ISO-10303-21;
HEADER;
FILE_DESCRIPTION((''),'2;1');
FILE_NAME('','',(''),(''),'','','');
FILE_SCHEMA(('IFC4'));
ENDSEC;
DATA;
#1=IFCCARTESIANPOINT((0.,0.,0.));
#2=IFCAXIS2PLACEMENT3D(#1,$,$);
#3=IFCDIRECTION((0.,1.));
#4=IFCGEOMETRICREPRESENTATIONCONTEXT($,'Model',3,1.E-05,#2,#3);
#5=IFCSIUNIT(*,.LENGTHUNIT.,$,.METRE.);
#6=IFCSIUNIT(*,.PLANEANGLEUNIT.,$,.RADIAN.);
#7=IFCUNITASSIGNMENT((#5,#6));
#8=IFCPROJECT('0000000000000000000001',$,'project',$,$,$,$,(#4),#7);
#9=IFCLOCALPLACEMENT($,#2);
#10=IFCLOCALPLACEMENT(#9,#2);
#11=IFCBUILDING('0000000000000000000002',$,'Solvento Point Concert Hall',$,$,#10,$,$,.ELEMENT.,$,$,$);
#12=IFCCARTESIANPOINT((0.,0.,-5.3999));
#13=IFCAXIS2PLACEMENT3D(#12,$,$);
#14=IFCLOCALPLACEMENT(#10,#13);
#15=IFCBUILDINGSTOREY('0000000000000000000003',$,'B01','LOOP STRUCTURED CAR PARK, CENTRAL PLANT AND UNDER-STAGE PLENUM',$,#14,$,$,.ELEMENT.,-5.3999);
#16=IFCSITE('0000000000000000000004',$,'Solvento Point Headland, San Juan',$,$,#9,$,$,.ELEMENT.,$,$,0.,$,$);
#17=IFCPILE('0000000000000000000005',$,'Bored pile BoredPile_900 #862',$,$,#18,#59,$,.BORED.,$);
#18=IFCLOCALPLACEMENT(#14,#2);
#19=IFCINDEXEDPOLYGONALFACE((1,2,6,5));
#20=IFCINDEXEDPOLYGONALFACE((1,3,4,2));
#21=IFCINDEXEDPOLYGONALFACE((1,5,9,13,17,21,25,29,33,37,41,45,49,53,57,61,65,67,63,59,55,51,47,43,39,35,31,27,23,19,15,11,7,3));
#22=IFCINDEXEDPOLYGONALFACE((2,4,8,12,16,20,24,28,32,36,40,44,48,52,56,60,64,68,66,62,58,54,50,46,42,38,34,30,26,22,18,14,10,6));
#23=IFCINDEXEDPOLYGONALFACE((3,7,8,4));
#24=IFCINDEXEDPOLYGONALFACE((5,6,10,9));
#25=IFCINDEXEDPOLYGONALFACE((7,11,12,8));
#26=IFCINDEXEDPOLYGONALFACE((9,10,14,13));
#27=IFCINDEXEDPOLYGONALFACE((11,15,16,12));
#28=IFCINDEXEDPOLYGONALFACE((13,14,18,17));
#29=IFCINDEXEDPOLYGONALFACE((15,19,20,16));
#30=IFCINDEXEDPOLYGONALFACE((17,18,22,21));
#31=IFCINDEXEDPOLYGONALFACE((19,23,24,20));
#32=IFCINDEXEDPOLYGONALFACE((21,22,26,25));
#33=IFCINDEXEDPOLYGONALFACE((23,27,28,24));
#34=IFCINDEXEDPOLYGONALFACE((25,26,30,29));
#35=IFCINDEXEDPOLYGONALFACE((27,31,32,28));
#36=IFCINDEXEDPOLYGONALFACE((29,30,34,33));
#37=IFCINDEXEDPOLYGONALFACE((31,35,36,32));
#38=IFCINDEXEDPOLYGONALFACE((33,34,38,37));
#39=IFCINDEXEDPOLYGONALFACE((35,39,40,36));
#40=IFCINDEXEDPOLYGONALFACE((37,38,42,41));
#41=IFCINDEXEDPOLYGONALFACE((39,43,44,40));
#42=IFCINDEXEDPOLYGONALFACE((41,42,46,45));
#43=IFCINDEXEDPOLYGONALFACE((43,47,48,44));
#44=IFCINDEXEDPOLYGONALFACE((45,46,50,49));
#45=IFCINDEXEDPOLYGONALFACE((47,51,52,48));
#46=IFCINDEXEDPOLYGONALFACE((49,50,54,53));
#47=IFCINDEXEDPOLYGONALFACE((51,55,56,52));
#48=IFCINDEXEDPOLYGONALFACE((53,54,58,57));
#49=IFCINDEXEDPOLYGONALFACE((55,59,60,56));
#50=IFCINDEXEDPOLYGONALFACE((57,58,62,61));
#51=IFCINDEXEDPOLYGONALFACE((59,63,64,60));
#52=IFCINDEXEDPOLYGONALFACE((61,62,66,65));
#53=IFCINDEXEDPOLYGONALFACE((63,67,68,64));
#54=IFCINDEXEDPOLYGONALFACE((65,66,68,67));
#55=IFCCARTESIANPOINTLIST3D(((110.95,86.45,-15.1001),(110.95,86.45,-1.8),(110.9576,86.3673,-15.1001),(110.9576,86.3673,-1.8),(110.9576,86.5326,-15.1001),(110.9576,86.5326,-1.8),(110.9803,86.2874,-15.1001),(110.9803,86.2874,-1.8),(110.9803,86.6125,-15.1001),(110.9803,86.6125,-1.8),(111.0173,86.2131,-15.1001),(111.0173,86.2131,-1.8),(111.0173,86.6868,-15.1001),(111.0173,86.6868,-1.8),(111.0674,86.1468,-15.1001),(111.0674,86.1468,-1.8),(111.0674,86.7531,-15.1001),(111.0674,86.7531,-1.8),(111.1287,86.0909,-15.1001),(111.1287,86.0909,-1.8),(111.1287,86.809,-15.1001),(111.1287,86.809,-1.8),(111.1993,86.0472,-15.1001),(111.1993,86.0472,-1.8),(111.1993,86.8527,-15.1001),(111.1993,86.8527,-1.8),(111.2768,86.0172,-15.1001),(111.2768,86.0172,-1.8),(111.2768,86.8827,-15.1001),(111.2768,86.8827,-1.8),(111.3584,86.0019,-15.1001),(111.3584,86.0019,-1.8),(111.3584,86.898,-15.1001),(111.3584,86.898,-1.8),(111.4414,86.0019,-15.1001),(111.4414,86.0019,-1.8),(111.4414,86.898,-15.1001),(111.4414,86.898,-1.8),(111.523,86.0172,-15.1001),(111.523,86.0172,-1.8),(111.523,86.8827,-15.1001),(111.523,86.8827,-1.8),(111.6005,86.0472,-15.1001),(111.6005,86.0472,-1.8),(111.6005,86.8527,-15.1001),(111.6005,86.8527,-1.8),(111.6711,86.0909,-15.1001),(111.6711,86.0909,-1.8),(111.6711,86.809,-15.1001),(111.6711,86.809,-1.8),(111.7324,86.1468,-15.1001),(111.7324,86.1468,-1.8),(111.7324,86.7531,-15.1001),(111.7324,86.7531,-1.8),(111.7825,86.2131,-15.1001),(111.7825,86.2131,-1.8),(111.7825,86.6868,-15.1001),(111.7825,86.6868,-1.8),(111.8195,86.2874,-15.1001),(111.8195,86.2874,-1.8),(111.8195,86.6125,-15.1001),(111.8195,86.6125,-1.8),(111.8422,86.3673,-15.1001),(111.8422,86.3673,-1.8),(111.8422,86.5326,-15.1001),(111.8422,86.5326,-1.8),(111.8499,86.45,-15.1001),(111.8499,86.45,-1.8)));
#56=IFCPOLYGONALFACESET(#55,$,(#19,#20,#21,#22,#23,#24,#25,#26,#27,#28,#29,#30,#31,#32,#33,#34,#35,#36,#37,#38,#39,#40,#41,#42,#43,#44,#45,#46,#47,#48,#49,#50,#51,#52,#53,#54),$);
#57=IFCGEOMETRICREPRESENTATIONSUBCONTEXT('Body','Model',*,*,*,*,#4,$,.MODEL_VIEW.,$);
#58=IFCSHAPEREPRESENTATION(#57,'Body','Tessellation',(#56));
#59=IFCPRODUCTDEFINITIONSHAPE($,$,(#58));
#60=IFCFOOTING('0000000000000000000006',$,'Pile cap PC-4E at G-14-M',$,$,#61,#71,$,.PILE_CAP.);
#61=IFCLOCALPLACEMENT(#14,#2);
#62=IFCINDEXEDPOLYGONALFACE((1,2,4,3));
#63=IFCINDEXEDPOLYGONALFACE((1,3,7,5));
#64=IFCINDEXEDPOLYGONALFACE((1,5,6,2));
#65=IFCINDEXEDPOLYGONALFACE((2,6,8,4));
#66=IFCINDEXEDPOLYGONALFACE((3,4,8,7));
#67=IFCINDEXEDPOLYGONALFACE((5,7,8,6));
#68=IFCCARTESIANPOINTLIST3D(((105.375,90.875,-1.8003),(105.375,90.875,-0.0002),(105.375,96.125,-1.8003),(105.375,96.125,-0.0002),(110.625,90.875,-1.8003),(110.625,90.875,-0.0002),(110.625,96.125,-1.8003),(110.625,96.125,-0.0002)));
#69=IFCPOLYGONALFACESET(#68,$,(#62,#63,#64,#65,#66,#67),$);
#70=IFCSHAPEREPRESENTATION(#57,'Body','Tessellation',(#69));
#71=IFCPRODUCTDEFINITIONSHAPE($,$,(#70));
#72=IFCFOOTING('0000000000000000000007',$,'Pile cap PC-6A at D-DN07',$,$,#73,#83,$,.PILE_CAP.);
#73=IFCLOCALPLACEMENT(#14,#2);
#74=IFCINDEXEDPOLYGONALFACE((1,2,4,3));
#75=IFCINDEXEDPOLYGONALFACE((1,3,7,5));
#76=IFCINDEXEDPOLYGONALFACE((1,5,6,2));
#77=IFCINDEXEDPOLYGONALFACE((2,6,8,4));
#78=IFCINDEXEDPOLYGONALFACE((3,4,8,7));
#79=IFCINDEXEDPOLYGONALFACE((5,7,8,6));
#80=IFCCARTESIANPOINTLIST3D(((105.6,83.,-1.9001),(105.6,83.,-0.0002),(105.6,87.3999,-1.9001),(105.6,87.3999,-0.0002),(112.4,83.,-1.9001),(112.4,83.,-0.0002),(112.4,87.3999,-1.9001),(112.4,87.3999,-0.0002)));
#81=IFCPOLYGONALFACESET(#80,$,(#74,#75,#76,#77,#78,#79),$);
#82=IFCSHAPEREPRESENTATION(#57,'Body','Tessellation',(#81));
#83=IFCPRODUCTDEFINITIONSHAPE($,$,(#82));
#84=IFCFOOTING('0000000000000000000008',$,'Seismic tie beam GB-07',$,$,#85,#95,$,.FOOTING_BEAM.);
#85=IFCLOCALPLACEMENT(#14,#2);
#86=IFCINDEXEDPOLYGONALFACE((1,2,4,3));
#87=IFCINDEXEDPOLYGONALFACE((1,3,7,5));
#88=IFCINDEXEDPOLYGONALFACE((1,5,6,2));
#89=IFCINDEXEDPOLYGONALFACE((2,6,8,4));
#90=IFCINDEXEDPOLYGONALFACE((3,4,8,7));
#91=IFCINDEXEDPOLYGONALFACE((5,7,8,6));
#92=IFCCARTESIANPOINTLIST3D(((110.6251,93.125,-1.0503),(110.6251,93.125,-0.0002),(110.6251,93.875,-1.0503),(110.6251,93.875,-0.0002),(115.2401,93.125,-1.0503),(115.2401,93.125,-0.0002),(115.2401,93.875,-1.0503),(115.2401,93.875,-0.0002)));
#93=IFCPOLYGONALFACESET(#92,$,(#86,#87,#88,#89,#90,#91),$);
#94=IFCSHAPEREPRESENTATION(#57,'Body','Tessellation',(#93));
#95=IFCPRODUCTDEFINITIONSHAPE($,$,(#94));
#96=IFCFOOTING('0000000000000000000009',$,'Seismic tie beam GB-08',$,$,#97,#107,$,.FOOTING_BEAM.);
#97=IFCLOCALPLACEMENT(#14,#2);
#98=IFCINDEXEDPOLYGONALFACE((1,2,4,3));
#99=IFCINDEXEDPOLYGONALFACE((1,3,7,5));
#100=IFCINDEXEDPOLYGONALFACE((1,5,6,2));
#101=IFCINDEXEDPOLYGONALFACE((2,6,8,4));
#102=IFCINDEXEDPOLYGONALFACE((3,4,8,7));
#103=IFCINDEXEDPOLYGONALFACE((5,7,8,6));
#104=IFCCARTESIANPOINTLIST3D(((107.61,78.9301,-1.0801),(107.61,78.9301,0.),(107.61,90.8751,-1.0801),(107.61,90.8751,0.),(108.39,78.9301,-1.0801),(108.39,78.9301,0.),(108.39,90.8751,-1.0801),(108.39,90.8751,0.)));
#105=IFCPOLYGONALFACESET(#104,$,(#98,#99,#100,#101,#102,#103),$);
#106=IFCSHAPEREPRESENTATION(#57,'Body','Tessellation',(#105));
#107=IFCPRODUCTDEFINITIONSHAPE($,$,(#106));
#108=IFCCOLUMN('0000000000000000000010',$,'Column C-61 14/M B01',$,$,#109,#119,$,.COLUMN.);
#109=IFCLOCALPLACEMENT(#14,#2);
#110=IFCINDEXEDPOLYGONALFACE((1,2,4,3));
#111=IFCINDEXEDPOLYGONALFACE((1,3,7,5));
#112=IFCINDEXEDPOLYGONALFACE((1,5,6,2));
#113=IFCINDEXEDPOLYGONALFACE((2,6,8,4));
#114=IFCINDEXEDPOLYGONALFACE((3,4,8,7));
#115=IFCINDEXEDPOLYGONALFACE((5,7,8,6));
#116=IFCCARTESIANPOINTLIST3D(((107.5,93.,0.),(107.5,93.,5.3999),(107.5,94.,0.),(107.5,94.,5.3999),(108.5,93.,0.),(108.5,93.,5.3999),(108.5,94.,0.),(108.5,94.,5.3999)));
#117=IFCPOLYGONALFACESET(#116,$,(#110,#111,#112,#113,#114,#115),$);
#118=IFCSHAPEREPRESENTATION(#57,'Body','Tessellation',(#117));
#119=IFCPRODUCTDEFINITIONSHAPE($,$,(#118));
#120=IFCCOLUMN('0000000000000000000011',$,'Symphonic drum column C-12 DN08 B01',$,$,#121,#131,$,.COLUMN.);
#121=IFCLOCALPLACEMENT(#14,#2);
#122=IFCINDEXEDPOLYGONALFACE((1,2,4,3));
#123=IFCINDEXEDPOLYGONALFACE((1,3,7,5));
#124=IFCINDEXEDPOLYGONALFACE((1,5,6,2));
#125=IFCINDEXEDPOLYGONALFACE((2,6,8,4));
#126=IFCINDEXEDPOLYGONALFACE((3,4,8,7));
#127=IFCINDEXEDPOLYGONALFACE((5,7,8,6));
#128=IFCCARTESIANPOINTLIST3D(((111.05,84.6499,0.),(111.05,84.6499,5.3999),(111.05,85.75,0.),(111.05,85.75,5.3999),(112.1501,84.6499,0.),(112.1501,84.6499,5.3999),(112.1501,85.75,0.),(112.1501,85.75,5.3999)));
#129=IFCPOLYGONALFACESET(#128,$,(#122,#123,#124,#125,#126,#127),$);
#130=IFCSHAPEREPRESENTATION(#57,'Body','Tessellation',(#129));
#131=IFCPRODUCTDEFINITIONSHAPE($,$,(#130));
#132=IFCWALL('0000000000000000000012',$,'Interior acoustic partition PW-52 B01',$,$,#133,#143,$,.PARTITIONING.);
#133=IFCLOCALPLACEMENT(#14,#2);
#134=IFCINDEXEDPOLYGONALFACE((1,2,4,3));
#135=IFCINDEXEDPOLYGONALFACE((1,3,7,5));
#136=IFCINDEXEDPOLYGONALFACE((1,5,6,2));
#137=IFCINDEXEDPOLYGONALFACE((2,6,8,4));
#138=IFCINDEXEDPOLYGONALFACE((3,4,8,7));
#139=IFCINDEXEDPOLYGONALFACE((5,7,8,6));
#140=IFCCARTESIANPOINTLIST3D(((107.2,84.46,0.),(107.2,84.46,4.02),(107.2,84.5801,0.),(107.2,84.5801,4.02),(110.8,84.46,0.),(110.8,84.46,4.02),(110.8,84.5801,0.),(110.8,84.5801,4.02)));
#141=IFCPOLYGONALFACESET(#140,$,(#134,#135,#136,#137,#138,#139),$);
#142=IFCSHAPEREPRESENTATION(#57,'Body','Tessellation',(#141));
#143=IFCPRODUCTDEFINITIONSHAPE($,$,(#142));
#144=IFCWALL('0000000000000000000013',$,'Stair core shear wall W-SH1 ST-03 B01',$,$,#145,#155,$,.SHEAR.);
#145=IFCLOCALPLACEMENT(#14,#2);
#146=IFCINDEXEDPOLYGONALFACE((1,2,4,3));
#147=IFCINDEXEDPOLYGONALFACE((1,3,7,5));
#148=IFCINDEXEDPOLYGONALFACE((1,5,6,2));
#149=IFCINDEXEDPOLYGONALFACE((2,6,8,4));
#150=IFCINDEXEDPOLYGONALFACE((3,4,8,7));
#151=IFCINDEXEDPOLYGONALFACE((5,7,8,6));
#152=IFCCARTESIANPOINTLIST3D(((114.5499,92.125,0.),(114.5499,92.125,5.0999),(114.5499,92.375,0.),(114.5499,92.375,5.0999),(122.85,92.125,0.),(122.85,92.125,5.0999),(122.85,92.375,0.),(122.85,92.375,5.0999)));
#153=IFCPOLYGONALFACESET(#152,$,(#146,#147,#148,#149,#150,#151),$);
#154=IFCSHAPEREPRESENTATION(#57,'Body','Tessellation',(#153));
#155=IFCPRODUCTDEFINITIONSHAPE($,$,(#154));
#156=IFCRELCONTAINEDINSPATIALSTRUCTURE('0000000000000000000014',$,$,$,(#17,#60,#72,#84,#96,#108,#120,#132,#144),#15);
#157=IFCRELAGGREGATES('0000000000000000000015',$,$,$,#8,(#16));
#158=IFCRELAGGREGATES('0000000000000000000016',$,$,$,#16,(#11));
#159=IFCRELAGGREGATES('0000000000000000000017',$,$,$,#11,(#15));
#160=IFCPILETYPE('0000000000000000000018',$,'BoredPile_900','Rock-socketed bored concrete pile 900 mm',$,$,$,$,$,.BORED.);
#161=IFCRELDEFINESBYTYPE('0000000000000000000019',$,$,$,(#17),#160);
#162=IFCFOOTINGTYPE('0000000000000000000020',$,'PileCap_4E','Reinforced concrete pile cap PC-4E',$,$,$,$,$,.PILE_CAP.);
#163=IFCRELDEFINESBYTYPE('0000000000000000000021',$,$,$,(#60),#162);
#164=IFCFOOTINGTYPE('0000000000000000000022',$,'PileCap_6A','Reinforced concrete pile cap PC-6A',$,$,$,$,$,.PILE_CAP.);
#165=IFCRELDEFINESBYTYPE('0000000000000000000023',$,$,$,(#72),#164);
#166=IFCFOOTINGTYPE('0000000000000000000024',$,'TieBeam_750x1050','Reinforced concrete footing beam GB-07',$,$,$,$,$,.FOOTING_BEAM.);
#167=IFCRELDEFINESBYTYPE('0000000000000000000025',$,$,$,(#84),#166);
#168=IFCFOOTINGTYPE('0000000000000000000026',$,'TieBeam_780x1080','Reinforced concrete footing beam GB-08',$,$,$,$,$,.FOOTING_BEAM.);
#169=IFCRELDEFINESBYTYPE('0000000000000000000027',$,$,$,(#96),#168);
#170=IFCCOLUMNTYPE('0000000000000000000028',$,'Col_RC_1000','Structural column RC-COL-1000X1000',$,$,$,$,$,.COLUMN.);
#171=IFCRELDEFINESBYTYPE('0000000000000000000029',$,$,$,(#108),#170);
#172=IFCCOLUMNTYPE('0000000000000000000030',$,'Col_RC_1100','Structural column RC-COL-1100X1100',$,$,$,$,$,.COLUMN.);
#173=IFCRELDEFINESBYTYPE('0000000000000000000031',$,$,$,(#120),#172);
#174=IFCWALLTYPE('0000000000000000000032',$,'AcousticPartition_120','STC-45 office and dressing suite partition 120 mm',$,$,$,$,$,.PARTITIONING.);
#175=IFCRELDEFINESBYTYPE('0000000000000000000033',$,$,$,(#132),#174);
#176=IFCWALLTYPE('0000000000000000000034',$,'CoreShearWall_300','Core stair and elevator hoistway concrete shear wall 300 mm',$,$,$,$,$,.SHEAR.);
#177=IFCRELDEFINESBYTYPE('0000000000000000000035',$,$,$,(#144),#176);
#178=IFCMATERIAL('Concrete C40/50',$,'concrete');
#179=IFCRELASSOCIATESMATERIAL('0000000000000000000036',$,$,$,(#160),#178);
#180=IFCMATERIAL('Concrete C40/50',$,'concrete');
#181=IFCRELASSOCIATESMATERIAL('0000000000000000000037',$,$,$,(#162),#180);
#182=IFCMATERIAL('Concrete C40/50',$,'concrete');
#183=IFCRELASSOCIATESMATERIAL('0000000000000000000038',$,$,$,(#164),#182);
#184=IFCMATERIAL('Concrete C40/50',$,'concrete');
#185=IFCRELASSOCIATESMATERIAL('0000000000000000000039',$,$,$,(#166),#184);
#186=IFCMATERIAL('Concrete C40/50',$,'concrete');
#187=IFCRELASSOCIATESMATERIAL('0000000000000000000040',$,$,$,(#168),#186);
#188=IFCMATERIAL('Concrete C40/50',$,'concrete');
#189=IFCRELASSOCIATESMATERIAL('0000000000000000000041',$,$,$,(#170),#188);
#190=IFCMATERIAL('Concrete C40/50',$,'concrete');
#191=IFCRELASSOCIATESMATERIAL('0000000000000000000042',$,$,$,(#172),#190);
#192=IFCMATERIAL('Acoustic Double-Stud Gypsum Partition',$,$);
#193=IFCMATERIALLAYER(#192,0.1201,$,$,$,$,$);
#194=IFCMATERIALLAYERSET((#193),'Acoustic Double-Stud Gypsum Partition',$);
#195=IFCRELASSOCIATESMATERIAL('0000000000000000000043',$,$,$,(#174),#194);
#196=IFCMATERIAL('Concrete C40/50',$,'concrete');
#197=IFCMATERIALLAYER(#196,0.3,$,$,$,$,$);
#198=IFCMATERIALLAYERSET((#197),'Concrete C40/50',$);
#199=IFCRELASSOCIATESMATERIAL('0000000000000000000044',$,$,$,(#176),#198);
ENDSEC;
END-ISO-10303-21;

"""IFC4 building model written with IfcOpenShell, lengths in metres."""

from ifc_helpers import new_model, si_unit, direction, frame, frame_2d, origin, origin_2d, place, context, subcontext, project, spatial, rectangle, circle, extrude, material, layer, layer_set, material_profile, profile_set, type_object, element, save


model = new_model("IFC4")

# Units and contexts
model_context = context("Model", 3, precision=1e-05, world=origin(), true_north=direction((0.0, 1.0)))
body_context = subcontext(model_context, "Body", "Model", "MODEL_VIEW")
ifc_project = project(units=[si_unit("LENGTHUNIT", "METRE"), si_unit("PLANEANGLEUNIT", "RADIAN")], contexts=[model_context])

# Site, building, storey
site_placement = place(None, origin())
site = spatial("IfcSite", under=ifc_project, at=site_placement, Name="Solvento Point Headland, San Juan", CompositionType="ELEMENT", RefElevation=0.0)
building_placement = place(site_placement, origin())
building = spatial("IfcBuilding", under=site, at=building_placement, Name="Solvento Point Concert Hall", CompositionType="ELEMENT")
storey_placement = place(building_placement, frame((0.0, 0.0, -5.3999)))
storey = spatial("IfcBuildingStorey", under=building, at=storey_placement, Name="B01", Description="LOOP STRUCTURED CAR PARK, CENTRAL PLANT AND UNDER-STAGE PLENUM", CompositionType="ELEMENT", Elevation=-5.3999)

# Pile
ifc_material_1 = material(Name="Concrete C40/50", Category="concrete")
ifc_material_profile_1 = material_profile(ifc_material_1, circle(Radius=0.45, at=origin_2d()), Name="BP-900")
ifc_profile_set_1 = profile_set([ifc_material_profile_1], Name="Concrete C40/50")
pile_type_1 = type_object("IfcPileType", Name="BoredPile_900", Description="Rock-socketed bored concrete pile 900 mm", PredefinedType="BORED", material=ifc_profile_set_1)
for number, where, z_axis, x_axis, name in (
    (1, (111.3999, 86.45, -1.8), (0.0, 0.0, -1.0), (1.0, 0.0, 0.0), "Bored pile BoredPile_900 #862"),
):
    element("IfcPile", number, at=place(storey_placement, frame(where, z_axis=z_axis, x_axis=x_axis)), inside=storey, type_object=pile_type_1, Name=name, PredefinedType="BORED", context=body_context, shape_type="SweptSolid", body=[
        extrude(circle(Radius=0.45, at=origin_2d()), origin(), (0.0, 0.0, 1.0), 13.3),
    ])

# Footings
ifc_material_2 = material(Name="Concrete C40/50", Category="concrete")
footing_type_1 = type_object("IfcFootingType", Name="PileCap_4E", Description="Reinforced concrete pile cap PC-4E", PredefinedType="PILE_CAP", material=ifc_material_2)
footing_1_placement = place(storey_placement, frame((108.0, 93.5, -1.8003), z_axis=(0.0, 0.0, 1.0), x_axis=(1.0, 0.0, 0.0)))
element("IfcFooting", 2, at=footing_1_placement, inside=storey, type_object=footing_type_1, Name="Pile cap PC-4E at G-14-M", PredefinedType="PILE_CAP", context=body_context, shape_type="SweptSolid", body=[
    extrude(rectangle(XDim=5.25, YDim=5.25, at=origin_2d()), origin(), (0.0, 0.0, 1.0), 1.8),
])
ifc_material_3 = material(Name="Concrete C40/50", Category="concrete")
footing_type_2 = type_object("IfcFootingType", Name="PileCap_6A", Description="Reinforced concrete pile cap PC-6A", PredefinedType="PILE_CAP", material=ifc_material_3)
footing_2_placement = place(storey_placement, frame((109.0, 85.2, -1.9001), z_axis=(0.0, 0.0, 1.0), x_axis=(1.0, 0.0, 0.0)))
element("IfcFooting", 3, at=footing_2_placement, inside=storey, type_object=footing_type_2, Name="Pile cap PC-6A at D-DN07", PredefinedType="PILE_CAP", context=body_context, shape_type="SweptSolid", body=[
    extrude(rectangle(XDim=6.8, YDim=4.3999, at=origin_2d()), origin(), (0.0, 0.0, 1.0), 1.8999),
])
ifc_material_4 = material(Name="Concrete C40/50", Category="concrete")
footing_type_3 = type_object("IfcFootingType", Name="TieBeam_750x1050", Description="Reinforced concrete footing beam GB-07", PredefinedType="FOOTING_BEAM", material=ifc_material_4)
footing_3_placement = place(storey_placement, frame((112.9326, 93.5, -1.0503), z_axis=(0.0, 0.0, 1.0), x_axis=(1.0, 0.0, 0.0)))
element("IfcFooting", 4, at=footing_3_placement, inside=storey, type_object=footing_type_3, Name="Seismic tie beam GB-07", PredefinedType="FOOTING_BEAM", context=body_context, shape_type="SweptSolid", body=[
    extrude(rectangle(XDim=4.615, YDim=0.75, at=origin_2d()), origin(), (0.0, 0.0, 1.0), 1.05),
])
ifc_material_5 = material(Name="Concrete C40/50", Category="concrete")
footing_type_4 = type_object("IfcFootingType", Name="TieBeam_780x1080", Description="Reinforced concrete footing beam GB-08", PredefinedType="FOOTING_BEAM", material=ifc_material_5)
footing_4_placement = place(storey_placement, frame((108.0, 84.9026, -1.0801), z_axis=(0.0, 0.0, 1.0), x_axis=(0.0, 1.0, 0.0)))
element("IfcFooting", 5, at=footing_4_placement, inside=storey, type_object=footing_type_4, Name="Seismic tie beam GB-08", PredefinedType="FOOTING_BEAM", context=body_context, shape_type="SweptSolid", body=[
    extrude(rectangle(XDim=11.9451, YDim=0.78, at=origin_2d()), origin(), (0.0, 0.0, 1.0), 1.0801),
])

# Columns
ifc_material_6 = material(Name="Concrete C40/50", Category="concrete")
ifc_material_profile_2 = material_profile(ifc_material_6, rectangle(XDim=1.0, YDim=1.0, at=origin_2d()), Name="RC-COL-1000X1000")
ifc_profile_set_2 = profile_set([ifc_material_profile_2], Name="Concrete C40/50")
column_type_1 = type_object("IfcColumnType", Name="Col_RC_1000", Description="Structural column RC-COL-1000X1000", PredefinedType="COLUMN", material=ifc_profile_set_2)
column_1_placement = place(storey_placement, frame((108.0, 93.5, 0.0), z_axis=(0.0, 0.0, 1.0), x_axis=(1.0, 0.0, 0.0)))
element("IfcColumn", 6, at=column_1_placement, inside=storey, type_object=column_type_1, Name="Column C-61 14/M B01", PredefinedType="COLUMN", context=body_context, shape_type="SweptSolid", body=[
    extrude(rectangle(XDim=1.0, YDim=1.0, at=origin_2d()), origin(), (0.0, 0.0, 1.0), 5.3999),
])
ifc_material_7 = material(Name="Concrete C40/50", Category="concrete")
ifc_material_profile_3 = material_profile(ifc_material_7, rectangle(XDim=1.1001, YDim=1.1001, at=origin_2d()), Name="RC-COL-1100X1100")
ifc_profile_set_3 = profile_set([ifc_material_profile_3], Name="Concrete C40/50")
column_type_2 = type_object("IfcColumnType", Name="Col_RC_1100", Description="Structural column RC-COL-1100X1100", PredefinedType="COLUMN", material=ifc_profile_set_3)
column_2_placement = place(storey_placement, frame((111.6001, 85.2, 0.0), z_axis=(0.0, 0.0, 1.0), x_axis=(1.0, 0.0, 0.0)))
element("IfcColumn", 7, at=column_2_placement, inside=storey, type_object=column_type_2, Name="Symphonic drum column C-12 DN08 B01", PredefinedType="COLUMN", context=body_context, shape_type="SweptSolid", body=[
    extrude(rectangle(XDim=1.1001, YDim=1.1001, at=origin_2d()), origin(), (0.0, 0.0, 1.0), 5.3999),
])

# Walls
ifc_material_8 = material(Name="Acoustic Double-Stud Gypsum Partition")
ifc_layer_1 = layer(ifc_material_8, 0.1201)
ifc_layer_set_1 = layer_set([ifc_layer_1], Name="Acoustic Double-Stud Gypsum Partition")
wall_type_1 = type_object("IfcWallType", Name="AcousticPartition_120", Description="STC-45 office and dressing suite partition 120 mm", PredefinedType="PARTITIONING", material=ifc_layer_set_1)
wall_1_placement = place(storey_placement, frame((110.8, 84.52, 0.0), z_axis=(0.0, 0.0, 1.0), x_axis=(-1.0, 0.0, 0.0)))
element("IfcWall", 8, at=wall_1_placement, inside=storey, type_object=wall_type_1, Name="Interior acoustic partition PW-52 B01", PredefinedType="PARTITIONING", context=body_context, shape_type="SweptSolid", body=[
    extrude(rectangle(XDim=3.6001, YDim=0.1201, at=frame_2d((1.8, 0.0))), origin(), (0.0, 0.0, 1.0), 4.02),
])
ifc_material_9 = material(Name="Concrete C40/50", Category="concrete")
ifc_layer_2 = layer(ifc_material_9, 0.3)
ifc_layer_set_2 = layer_set([ifc_layer_2], Name="Concrete C40/50")
wall_type_2 = type_object("IfcWallType", Name="CoreShearWall_300", Description="Core stair and elevator hoistway concrete shear wall 300 mm", PredefinedType="SHEAR", material=ifc_layer_set_2)
wall_2_placement = place(storey_placement, frame((114.55, 92.25, 0.0), z_axis=(0.0, 0.0, 1.0), x_axis=(1.0, 0.0, 0.0)))
element("IfcWall", 9, at=wall_2_placement, inside=storey, type_object=wall_type_2, Name="Stair core shear wall W-SH1 ST-03 B01", PredefinedType="SHEAR", context=body_context, shape_type="SweptSolid", body=[
    extrude(rectangle(XDim=8.3, YDim=0.25, at=frame_2d((4.1499, 0.0))), origin(), (0.0, 0.0, 1.0), 5.0999),
])

save(model, "model.ifc")
